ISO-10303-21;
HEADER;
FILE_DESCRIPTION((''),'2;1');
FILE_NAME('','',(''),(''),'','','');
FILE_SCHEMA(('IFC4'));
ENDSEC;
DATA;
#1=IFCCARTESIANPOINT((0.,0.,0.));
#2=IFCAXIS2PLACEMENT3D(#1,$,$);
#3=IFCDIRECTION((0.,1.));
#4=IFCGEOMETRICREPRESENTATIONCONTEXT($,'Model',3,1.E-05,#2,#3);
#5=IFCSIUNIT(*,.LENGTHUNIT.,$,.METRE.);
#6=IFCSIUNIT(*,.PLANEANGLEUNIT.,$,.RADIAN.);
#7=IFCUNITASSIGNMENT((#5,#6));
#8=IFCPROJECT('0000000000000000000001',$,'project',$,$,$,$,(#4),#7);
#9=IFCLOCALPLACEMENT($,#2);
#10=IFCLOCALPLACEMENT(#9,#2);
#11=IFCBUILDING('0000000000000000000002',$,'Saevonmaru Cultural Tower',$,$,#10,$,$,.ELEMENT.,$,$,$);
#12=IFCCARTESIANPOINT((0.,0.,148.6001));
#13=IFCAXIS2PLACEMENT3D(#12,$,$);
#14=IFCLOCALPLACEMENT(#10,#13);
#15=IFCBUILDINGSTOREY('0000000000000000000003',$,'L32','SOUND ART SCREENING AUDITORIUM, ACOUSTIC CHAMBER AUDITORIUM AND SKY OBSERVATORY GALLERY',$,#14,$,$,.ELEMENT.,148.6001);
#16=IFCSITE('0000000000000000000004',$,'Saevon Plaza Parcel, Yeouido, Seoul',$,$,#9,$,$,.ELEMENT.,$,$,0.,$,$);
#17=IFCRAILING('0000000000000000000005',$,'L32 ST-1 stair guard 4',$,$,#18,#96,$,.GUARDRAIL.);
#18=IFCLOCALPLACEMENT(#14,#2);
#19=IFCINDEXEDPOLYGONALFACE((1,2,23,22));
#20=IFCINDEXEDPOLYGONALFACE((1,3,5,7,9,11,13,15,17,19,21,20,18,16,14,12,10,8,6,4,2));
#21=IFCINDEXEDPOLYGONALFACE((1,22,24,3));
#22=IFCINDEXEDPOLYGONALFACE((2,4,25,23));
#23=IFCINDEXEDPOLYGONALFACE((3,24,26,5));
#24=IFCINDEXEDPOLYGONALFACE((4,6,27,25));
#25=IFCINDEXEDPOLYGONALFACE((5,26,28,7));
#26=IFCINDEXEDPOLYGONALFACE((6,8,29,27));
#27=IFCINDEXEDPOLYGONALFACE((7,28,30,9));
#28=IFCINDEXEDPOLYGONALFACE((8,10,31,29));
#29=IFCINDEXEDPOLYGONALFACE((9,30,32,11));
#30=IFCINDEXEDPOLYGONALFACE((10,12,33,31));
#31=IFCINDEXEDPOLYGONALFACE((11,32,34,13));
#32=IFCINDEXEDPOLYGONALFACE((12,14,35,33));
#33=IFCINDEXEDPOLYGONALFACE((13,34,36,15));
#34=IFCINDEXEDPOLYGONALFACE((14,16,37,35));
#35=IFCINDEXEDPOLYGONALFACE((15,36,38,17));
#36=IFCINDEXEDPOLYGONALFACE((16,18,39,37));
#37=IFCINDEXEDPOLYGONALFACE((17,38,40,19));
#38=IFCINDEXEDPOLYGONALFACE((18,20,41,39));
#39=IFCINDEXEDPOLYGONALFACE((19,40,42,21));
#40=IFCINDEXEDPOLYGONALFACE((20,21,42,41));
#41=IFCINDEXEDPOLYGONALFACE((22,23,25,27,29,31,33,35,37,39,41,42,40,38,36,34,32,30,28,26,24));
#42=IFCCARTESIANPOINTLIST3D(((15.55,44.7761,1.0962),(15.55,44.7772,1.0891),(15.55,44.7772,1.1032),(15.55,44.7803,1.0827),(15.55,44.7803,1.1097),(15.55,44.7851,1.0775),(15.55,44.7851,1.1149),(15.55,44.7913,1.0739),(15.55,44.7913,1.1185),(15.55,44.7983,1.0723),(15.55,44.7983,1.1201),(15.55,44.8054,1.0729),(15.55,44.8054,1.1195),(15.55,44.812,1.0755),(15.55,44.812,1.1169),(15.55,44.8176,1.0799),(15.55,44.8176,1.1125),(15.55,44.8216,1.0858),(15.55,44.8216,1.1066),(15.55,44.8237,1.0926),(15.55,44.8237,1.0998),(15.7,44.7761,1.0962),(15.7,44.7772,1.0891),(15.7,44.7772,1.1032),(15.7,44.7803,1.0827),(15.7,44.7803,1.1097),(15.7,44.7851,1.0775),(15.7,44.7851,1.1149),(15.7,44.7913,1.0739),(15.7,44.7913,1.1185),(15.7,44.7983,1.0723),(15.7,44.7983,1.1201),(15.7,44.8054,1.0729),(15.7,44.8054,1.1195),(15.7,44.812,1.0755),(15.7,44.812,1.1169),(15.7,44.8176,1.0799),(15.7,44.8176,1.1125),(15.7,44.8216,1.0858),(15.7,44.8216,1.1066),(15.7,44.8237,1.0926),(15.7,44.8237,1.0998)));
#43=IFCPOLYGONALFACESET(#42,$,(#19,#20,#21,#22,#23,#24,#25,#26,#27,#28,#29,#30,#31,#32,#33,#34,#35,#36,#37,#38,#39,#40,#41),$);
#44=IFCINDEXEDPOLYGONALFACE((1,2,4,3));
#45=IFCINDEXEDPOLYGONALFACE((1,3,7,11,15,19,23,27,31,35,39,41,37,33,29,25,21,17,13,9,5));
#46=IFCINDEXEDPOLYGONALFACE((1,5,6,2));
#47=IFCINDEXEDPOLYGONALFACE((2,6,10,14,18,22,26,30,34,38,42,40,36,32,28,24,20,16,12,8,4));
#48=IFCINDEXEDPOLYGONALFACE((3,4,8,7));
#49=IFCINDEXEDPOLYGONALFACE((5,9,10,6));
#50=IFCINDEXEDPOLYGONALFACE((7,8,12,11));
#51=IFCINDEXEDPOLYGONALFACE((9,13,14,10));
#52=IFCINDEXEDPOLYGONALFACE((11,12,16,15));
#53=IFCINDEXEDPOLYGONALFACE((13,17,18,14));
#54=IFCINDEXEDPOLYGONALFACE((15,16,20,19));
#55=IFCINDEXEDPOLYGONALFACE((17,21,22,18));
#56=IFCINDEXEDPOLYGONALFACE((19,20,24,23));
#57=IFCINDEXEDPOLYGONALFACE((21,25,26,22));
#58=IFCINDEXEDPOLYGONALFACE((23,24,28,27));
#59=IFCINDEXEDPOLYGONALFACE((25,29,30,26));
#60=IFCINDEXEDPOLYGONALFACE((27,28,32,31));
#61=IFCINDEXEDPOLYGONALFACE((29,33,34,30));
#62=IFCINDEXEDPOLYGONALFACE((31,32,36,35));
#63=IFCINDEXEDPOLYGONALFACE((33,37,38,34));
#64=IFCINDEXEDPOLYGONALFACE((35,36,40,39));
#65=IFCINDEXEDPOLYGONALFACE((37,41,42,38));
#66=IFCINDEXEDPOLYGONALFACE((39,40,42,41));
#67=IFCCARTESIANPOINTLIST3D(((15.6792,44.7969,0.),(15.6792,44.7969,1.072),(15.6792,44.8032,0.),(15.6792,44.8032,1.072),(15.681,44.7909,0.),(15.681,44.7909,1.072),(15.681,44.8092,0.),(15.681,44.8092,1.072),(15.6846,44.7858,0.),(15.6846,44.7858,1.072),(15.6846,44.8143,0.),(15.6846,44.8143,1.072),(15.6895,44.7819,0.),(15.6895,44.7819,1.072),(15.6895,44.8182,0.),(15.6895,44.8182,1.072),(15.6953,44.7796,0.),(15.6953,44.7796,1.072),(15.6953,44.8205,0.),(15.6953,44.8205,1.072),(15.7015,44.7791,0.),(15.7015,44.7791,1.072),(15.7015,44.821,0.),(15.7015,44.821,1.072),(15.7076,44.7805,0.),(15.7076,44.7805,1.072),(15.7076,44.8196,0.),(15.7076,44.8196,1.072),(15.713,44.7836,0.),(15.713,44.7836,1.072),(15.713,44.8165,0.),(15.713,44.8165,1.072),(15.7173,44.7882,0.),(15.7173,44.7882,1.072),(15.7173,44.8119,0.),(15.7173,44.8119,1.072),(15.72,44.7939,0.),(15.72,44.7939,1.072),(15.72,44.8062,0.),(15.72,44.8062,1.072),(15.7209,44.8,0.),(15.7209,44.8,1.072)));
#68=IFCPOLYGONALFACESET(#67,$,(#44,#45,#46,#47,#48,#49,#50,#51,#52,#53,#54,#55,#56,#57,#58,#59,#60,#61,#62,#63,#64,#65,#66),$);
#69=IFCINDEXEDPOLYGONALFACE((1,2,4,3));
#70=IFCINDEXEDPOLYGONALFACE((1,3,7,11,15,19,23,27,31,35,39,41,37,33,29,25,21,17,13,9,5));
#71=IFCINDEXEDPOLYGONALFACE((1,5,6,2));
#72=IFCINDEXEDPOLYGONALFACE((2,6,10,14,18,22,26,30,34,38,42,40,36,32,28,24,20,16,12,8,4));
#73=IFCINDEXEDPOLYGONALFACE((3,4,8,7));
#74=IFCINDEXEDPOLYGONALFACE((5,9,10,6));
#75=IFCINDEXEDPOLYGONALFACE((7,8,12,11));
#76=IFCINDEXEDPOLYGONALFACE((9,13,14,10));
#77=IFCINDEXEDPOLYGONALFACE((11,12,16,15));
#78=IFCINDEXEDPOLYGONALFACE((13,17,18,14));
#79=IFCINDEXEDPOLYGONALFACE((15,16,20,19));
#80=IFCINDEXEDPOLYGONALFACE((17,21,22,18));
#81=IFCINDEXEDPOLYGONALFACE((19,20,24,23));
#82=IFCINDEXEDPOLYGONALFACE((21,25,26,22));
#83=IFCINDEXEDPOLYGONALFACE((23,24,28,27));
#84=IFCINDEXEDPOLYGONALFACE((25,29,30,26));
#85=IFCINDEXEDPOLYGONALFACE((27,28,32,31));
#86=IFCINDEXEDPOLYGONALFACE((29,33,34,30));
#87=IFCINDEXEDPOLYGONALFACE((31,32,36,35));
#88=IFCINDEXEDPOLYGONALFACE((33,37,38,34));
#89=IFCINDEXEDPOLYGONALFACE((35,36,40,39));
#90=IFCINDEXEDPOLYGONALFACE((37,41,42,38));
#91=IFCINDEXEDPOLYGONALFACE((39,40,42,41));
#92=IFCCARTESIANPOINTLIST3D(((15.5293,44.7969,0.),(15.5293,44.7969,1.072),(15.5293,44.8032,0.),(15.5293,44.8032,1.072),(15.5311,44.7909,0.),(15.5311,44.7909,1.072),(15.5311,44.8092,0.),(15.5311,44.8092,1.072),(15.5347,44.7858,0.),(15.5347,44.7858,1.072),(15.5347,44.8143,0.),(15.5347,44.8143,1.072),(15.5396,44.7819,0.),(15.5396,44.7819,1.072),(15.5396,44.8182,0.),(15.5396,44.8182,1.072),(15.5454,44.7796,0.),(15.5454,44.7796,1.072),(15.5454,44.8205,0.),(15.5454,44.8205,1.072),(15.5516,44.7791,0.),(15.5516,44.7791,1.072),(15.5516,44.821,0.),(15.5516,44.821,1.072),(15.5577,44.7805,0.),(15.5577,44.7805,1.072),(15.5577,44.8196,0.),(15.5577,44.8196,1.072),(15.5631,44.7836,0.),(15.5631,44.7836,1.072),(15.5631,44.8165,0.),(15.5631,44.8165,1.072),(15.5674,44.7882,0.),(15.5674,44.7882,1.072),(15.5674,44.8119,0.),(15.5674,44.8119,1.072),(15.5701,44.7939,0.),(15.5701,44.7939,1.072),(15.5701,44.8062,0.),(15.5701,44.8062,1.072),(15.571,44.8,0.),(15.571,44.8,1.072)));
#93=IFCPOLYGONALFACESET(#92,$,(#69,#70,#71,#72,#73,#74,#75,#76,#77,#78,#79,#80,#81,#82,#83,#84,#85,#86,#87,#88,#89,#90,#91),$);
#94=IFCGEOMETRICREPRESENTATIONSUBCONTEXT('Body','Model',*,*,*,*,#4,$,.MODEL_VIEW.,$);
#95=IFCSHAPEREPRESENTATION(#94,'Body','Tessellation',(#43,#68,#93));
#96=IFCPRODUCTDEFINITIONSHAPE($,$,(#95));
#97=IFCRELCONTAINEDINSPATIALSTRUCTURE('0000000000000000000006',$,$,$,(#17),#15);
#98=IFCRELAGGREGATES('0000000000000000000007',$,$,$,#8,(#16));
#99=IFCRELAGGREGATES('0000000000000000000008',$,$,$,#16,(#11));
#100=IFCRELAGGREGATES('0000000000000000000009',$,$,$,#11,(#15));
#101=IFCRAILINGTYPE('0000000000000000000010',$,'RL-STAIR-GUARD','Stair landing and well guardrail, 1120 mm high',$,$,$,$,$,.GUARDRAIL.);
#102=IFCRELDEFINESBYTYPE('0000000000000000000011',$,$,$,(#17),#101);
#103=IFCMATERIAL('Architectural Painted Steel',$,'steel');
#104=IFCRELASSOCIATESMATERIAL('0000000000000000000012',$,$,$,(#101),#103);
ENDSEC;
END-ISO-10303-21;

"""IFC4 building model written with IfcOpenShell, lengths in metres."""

from ifc_helpers import new_model, si_unit, direction, frame, origin, origin_2d, place, context, subcontext, project, spatial, circle, extrude, material, type_object, element, save


model = new_model("IFC4")

# Units and contexts
model_context = context("Model", 3, precision=1e-05, world=origin(), true_north=direction((0.0, 1.0)))
body_context = subcontext(model_context, "Body", "Model", "MODEL_VIEW")
ifc_project = project(units=[si_unit("LENGTHUNIT", "METRE"), si_unit("PLANEANGLEUNIT", "RADIAN")], contexts=[model_context])

# Site, building, storey
site_placement = place(None, origin())
site = spatial("IfcSite", under=ifc_project, at=site_placement, Name="Saevon Plaza Parcel, Yeouido, Seoul", CompositionType="ELEMENT", RefElevation=0.0)
building_placement = place(site_placement, origin())
building = spatial("IfcBuilding", under=site, at=building_placement, Name="Saevonmaru Cultural Tower", CompositionType="ELEMENT")
storey_placement = place(building_placement, frame((0.0, 0.0, 148.6001)))
storey = spatial("IfcBuildingStorey", under=building, at=storey_placement, Name="L32", Description="SOUND ART SCREENING AUDITORIUM, ACOUSTIC CHAMBER AUDITORIUM AND SKY OBSERVATORY GALLERY", CompositionType="ELEMENT", Elevation=148.6001)

# Railing
ifc_material_1 = material(Name="Architectural Painted Steel", Category="steel")
railing_type_1 = type_object("IfcRailingType", Name="RL-STAIR-GUARD", Description="Stair landing and well guardrail, 1120 mm high", PredefinedType="GUARDRAIL", material=ifc_material_1)
railing_1_placement = place(storey_placement, frame((15.7, 44.8, 0.0)))
element("IfcRailing", 1, at=railing_1_placement, inside=storey, type_object=railing_type_1, Name="L32 ST-1 stair guard 4", PredefinedType="GUARDRAIL", context=body_context, shape_type="SweptSolid", body=[
    extrude(circle(Radius=0.0239, at=origin_2d()), frame((0.0, 0.0, 1.0962), z_axis=(-1.0, 0.0, 0.0), x_axis=(0.0, -1.0, 0.0)), (0.0, 0.0, 1.0), 0.1499),
    extrude(circle(Radius=0.021, at=origin_2d()), origin(), (0.0, 0.0, 1.0), 1.072),
    extrude(circle(Radius=0.021, at=origin_2d()), frame((-0.1499, 0.0, 0.0)), (0.0, 0.0, 1.0), 1.072),
])

save(model, "model.ifc")
